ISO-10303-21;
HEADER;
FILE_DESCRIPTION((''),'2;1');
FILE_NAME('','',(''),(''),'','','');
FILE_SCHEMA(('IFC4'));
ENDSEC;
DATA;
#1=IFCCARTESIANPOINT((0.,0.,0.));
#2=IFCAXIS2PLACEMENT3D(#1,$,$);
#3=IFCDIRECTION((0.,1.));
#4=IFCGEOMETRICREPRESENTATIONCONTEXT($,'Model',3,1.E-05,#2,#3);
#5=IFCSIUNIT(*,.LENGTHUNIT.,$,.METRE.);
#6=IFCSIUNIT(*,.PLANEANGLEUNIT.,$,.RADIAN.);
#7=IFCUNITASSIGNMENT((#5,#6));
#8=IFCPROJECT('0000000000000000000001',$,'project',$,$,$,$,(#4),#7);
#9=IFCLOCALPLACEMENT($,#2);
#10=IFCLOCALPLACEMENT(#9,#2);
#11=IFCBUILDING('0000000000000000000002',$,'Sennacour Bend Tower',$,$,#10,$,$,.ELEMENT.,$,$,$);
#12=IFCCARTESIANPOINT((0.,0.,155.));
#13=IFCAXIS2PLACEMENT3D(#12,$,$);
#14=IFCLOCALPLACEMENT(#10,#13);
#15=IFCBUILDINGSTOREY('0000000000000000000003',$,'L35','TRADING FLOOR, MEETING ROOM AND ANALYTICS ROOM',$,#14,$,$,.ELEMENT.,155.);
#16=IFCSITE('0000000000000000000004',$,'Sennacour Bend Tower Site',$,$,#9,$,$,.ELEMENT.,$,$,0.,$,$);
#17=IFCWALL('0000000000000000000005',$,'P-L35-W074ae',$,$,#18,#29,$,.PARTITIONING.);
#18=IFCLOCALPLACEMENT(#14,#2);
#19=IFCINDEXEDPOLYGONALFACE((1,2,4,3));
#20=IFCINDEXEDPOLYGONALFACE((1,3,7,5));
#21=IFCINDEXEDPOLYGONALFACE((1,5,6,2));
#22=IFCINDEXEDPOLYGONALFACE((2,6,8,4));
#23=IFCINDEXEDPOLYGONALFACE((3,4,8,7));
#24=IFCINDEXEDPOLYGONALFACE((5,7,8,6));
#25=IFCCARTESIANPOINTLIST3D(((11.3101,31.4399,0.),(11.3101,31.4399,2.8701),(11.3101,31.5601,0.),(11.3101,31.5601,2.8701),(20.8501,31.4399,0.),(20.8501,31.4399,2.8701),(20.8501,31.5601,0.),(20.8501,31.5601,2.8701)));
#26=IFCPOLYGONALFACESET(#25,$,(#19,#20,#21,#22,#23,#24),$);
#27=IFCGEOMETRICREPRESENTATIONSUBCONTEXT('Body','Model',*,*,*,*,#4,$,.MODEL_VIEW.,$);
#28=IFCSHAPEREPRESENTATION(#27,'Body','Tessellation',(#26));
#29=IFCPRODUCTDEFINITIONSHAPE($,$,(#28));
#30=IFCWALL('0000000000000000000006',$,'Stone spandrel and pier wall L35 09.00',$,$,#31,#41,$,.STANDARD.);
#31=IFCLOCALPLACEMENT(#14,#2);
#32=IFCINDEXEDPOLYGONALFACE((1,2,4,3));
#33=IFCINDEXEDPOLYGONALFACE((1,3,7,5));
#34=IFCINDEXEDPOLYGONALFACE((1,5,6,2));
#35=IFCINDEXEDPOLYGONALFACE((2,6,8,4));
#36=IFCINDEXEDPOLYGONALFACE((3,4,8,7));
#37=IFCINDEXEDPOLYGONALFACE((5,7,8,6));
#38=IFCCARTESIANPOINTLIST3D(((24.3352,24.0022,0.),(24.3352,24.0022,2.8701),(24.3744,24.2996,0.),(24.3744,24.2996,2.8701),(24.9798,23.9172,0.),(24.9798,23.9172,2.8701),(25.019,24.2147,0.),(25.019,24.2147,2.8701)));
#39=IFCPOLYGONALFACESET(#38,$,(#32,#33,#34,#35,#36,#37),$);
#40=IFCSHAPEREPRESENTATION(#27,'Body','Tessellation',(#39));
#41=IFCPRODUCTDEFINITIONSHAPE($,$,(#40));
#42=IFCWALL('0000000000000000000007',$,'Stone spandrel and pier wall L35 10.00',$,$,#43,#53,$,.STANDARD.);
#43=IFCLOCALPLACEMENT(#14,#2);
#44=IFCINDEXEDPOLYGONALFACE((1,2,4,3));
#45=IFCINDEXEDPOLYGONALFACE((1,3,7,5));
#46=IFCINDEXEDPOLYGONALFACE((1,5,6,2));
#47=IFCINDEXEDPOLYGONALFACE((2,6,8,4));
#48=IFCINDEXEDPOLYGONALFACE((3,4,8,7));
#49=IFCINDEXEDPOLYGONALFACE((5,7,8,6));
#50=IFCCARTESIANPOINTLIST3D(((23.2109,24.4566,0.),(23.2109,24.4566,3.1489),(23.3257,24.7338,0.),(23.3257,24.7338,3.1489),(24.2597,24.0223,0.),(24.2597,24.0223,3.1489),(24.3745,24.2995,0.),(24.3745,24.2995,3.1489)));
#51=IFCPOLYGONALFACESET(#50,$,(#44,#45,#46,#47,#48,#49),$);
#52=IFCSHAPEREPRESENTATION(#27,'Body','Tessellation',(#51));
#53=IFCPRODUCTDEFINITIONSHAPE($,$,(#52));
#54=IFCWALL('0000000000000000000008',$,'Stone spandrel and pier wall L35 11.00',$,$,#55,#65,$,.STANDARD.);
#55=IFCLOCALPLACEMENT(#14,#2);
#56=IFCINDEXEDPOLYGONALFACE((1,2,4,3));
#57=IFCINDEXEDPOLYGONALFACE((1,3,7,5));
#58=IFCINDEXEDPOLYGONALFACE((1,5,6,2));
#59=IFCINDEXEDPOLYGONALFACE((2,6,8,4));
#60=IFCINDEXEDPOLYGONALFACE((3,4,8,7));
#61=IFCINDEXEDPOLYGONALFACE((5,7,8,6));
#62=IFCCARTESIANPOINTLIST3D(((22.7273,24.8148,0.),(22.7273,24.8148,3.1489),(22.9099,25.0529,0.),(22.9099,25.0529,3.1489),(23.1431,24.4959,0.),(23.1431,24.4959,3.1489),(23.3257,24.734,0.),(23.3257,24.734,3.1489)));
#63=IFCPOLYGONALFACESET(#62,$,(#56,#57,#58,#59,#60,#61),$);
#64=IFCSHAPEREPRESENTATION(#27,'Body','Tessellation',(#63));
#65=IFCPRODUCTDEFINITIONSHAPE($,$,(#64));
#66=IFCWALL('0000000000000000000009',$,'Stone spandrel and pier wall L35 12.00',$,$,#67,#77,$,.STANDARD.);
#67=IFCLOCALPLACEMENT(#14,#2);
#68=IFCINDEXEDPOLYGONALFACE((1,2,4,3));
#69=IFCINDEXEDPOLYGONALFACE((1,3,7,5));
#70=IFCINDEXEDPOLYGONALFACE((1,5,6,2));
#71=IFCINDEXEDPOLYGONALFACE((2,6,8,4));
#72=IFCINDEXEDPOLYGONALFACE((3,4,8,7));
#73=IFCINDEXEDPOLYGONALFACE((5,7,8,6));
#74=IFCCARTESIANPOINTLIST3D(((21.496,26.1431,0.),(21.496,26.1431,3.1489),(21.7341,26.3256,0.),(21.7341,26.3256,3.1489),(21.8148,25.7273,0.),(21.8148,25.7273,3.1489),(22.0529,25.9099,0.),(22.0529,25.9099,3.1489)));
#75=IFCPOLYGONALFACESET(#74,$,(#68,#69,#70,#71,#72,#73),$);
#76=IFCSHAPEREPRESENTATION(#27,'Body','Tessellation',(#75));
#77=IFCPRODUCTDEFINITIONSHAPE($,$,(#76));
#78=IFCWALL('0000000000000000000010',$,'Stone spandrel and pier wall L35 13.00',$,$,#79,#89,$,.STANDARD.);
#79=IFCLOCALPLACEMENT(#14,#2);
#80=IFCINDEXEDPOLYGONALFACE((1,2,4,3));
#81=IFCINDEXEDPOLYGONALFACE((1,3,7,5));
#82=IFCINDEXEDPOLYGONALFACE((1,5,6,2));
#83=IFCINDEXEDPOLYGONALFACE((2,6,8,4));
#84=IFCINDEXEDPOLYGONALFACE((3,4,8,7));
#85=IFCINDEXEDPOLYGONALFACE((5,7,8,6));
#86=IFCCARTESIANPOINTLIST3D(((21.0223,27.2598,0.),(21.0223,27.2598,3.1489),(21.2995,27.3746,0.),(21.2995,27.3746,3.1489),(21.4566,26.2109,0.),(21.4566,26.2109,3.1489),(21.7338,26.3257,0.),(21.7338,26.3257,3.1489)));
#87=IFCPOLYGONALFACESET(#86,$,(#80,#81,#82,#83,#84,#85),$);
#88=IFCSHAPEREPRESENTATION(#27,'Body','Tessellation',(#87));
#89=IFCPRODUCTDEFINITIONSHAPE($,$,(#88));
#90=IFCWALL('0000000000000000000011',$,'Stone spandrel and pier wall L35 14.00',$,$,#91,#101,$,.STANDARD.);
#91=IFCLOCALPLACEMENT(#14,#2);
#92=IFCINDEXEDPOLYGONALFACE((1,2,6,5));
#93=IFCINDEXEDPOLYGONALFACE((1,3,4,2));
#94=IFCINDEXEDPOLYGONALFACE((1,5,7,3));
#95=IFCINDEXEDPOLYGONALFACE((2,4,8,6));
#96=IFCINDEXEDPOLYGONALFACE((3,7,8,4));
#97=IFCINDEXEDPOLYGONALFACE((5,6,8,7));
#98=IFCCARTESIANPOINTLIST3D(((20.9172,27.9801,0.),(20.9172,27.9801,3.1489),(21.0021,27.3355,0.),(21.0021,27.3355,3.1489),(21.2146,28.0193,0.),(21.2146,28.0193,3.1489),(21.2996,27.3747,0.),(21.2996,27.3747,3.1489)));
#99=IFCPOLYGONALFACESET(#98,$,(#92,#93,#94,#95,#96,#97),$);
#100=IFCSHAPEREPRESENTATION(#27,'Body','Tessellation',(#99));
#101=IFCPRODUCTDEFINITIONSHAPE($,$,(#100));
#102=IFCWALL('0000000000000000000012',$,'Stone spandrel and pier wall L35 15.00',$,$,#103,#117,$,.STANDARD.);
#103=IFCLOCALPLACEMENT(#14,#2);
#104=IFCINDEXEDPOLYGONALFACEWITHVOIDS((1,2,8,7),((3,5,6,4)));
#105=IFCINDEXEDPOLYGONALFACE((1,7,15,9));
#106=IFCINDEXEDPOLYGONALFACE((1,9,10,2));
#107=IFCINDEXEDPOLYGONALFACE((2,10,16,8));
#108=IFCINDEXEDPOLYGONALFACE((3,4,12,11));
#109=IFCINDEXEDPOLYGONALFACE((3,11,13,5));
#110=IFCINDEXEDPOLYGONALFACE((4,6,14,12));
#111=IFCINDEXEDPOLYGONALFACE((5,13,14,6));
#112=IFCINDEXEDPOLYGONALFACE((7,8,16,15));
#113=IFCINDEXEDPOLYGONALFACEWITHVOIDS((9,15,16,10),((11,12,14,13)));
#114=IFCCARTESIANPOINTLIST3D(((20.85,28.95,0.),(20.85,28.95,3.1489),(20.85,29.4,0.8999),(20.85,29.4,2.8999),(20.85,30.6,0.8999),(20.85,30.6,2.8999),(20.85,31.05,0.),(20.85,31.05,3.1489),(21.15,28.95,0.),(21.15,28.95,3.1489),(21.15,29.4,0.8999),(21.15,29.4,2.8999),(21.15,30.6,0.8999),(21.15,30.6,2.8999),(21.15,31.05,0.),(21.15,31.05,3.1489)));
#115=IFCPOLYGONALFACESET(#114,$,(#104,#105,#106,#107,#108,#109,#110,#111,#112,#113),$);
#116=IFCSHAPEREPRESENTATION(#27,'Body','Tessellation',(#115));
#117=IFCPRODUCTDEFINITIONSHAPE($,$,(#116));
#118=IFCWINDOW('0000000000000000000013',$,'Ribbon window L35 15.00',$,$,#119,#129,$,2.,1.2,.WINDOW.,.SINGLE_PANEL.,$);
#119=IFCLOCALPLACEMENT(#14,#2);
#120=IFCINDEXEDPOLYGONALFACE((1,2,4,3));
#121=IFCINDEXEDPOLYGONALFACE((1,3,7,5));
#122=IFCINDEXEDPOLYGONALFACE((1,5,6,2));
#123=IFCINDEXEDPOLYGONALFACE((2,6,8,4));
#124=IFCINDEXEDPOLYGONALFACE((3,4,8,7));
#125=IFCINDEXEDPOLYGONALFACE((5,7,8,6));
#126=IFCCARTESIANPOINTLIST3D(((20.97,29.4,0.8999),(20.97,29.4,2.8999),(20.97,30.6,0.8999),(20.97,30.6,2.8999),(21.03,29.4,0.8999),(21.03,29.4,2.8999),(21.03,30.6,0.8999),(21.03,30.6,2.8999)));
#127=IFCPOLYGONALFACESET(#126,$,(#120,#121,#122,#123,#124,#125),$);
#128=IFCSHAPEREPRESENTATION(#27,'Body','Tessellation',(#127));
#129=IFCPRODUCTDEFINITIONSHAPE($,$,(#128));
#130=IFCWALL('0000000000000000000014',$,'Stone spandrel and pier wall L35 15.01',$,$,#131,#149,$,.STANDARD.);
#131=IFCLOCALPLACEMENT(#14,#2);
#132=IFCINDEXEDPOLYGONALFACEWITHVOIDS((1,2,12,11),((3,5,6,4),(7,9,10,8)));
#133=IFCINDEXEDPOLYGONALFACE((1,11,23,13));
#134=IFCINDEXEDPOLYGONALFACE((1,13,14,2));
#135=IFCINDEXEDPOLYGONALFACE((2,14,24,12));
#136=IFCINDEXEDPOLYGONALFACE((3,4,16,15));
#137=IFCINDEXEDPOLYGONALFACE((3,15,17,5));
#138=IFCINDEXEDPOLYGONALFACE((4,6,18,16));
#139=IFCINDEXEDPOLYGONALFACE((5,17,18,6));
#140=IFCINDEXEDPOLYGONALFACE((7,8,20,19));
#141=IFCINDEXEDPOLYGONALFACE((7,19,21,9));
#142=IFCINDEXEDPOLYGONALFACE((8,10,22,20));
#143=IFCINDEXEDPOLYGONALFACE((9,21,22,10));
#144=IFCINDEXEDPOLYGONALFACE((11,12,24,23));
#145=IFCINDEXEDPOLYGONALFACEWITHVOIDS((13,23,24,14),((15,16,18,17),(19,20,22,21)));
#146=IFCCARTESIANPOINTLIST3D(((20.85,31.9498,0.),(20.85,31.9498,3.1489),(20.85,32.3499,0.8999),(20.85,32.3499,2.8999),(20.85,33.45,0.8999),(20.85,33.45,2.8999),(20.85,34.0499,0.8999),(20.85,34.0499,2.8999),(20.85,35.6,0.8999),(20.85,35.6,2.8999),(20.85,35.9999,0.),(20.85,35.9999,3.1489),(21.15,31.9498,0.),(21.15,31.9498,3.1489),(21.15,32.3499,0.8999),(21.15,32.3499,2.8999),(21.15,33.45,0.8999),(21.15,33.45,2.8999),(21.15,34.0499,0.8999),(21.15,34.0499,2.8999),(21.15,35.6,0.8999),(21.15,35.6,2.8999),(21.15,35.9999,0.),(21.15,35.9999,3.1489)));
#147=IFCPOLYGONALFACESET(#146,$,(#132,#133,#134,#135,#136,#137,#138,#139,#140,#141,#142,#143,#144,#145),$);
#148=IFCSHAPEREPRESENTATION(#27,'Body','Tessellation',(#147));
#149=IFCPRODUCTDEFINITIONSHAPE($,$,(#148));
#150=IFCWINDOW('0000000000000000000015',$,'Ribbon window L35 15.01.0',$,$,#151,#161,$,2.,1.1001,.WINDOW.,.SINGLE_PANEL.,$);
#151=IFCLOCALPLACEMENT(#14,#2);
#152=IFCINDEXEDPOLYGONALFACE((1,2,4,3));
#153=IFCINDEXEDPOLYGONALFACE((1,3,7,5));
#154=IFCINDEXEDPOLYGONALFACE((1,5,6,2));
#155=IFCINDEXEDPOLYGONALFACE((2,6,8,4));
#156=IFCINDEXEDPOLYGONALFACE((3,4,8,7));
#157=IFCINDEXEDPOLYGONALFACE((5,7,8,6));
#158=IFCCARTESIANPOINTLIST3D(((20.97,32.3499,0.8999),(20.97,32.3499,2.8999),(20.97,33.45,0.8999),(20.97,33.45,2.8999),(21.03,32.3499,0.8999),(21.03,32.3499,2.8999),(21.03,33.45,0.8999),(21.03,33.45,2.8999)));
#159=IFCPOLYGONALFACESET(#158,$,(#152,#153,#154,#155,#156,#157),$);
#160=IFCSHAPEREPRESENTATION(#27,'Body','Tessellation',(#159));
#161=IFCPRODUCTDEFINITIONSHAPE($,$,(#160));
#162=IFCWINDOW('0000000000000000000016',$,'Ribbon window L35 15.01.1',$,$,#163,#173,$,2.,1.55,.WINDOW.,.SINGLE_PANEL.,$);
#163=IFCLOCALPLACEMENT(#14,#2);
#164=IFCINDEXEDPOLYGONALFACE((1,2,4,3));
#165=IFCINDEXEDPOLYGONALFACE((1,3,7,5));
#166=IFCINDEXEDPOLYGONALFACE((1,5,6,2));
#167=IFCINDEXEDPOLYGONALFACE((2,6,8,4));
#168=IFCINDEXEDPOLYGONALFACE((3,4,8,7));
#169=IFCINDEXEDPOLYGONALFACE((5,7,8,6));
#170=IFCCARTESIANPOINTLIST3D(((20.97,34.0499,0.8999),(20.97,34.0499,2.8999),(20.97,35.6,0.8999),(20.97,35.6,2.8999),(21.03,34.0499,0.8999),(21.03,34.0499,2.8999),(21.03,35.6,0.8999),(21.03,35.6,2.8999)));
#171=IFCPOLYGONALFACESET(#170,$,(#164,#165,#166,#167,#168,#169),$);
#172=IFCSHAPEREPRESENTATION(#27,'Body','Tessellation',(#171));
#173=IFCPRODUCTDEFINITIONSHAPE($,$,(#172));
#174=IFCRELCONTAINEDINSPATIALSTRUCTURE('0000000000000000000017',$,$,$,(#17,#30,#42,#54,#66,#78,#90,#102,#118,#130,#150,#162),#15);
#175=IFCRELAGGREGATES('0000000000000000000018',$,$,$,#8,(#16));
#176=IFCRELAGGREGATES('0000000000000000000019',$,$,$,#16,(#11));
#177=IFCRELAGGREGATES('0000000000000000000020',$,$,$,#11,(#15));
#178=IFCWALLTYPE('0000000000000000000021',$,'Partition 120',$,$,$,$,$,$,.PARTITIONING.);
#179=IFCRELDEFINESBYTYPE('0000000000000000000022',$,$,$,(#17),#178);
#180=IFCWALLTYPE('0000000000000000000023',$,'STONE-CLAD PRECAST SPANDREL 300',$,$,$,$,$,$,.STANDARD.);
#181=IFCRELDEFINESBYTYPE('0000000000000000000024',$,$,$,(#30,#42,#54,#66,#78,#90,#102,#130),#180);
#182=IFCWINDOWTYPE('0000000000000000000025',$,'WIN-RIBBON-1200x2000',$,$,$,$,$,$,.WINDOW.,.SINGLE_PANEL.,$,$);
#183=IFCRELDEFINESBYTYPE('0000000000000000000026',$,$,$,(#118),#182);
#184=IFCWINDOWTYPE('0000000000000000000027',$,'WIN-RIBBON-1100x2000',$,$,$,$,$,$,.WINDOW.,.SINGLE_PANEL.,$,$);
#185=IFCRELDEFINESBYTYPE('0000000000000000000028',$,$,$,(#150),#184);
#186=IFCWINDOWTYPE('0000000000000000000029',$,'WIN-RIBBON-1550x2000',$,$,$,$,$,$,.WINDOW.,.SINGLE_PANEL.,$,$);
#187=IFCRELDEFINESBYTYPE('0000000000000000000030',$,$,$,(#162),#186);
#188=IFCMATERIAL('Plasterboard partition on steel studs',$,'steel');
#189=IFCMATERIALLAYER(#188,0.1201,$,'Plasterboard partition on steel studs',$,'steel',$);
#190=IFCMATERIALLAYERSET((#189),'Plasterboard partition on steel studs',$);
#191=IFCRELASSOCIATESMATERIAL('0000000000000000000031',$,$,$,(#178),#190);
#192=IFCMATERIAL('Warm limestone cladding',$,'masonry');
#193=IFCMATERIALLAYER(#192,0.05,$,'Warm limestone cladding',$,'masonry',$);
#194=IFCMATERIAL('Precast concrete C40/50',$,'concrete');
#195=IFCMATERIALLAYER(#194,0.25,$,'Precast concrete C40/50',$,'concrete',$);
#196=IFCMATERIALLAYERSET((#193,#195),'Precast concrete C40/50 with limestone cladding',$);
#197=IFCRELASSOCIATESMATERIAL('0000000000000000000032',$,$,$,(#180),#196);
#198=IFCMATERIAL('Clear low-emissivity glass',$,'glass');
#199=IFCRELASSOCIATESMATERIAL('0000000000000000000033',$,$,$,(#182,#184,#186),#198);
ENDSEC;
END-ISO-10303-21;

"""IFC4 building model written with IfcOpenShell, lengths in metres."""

from ifc_helpers import new_model, si_unit, direction, frame, frame_2d, origin, place, context, subcontext, project, spatial, rectangle, extrude, material, layer, layer_set, type_object, element, fill, save


model = new_model("IFC4")

# Units and contexts
model_context = context("Model", 3, precision=1e-05, world=origin(), true_north=direction((0.0, 1.0)))
body_context = subcontext(model_context, "Body", "Model", "MODEL_VIEW")
ifc_project = project(units=[si_unit("LENGTHUNIT", "METRE"), si_unit("PLANEANGLEUNIT", "RADIAN")], contexts=[model_context])

# Site, building, storey
site_placement = place(None, origin())
site = spatial("IfcSite", under=ifc_project, at=site_placement, Name="Sennacour Bend Tower Site", CompositionType="ELEMENT", RefElevation=0.0)
building_placement = place(site_placement, origin())
building = spatial("IfcBuilding", under=site, at=building_placement, Name="Sennacour Bend Tower", CompositionType="ELEMENT")
storey_placement = place(building_placement, frame((0.0, 0.0, 155.0)))
storey = spatial("IfcBuildingStorey", under=building, at=storey_placement, Name="L35", Description="TRADING FLOOR, MEETING ROOM AND ANALYTICS ROOM", CompositionType="ELEMENT", Elevation=155.0)

# Walls
ifc_material_1 = material(Name="Plasterboard partition on steel studs", Category="steel")
ifc_layer_1 = layer(ifc_material_1, 0.1201, Name="Plasterboard partition on steel studs", Category="steel")
ifc_layer_set_1 = layer_set([ifc_layer_1], Name="Plasterboard partition on steel studs")
wall_type_1 = type_object("IfcWallType", Name="Partition 120", PredefinedType="PARTITIONING", material=ifc_layer_set_1)
wall_1_placement = place(storey_placement, frame((11.3101, 31.5, 0.0), z_axis=(0.0, 0.0, 1.0), x_axis=(1.0, 0.0, 0.0)))
element("IfcWall", 1, at=wall_1_placement, inside=storey, type_object=wall_type_1, Name="P-L35-W074ae", PredefinedType="PARTITIONING", context=body_context, shape_type="SweptSolid", body=[
    extrude(rectangle(XDim=9.54, YDim=0.1201, at=frame_2d((4.77, 0.0))), origin(), (0.0, 0.0, 1.0), 2.8701),
])
ifc_material_2 = material(Name="Warm limestone cladding", Category="masonry")
ifc_layer_2 = layer(ifc_material_2, 0.05, Name="Warm limestone cladding", Category="masonry")
ifc_material_3 = material(Name="Precast concrete C40/50", Category="concrete")
ifc_layer_3 = layer(ifc_material_3, 0.25, Name="Precast concrete C40/50", Category="concrete")
ifc_layer_set_2 = layer_set([ifc_layer_2, ifc_layer_3], Name="Precast concrete C40/50 with limestone cladding")
wall_type_2 = type_object("IfcWallType", Name="STONE-CLAD PRECAST SPANDREL 300", PredefinedType="STANDARD", material=ifc_layer_set_2)
wall_2_placement = place(storey_placement, frame((24.9995, 24.0659, 0.0), z_axis=(0.0, 0.0, 1.0), x_axis=(-0.991424, 0.130688, 0.0)))
element("IfcWall", 2, at=wall_2_placement, inside=storey, type_object=wall_type_2, Name="Stone spandrel and pier wall L35 09.00", PredefinedType="STANDARD", context=body_context, shape_type="SweptSolid", body=[
    extrude(rectangle(XDim=0.6501, YDim=0.3, at=frame_2d((0.3252, 0.0))), origin(), (0.0, 0.0, 1.0), 2.8701),
])
wall_3_placement = place(storey_placement, frame((24.3171, 24.1609, 0.0), z_axis=(0.0, 0.0, 1.0), x_axis=(-0.923915, 0.382599, 0.0)))
element("IfcWall", 3, at=wall_3_placement, inside=storey, type_object=wall_type_2, Name="Stone spandrel and pier wall L35 10.00", PredefinedType="STANDARD", context=body_context, shape_type="SweptSolid", body=[
    extrude(rectangle(XDim=1.1353, YDim=0.3, at=frame_2d((0.5676, 0.0))), origin(), (0.0, 0.0, 1.0), 3.1489),
])
for number, where, z_axis, x_axis, name in (
    (4, (23.2344, 24.615, 0.0), (0.0, 0.0, 1.0), (-0.793524, 0.608539, 0.0), "Stone spandrel and pier wall L35 11.00"),
    (5, (21.9338, 25.8186, 0.0), (0.0, 0.0, 1.0), (-0.608539, 0.793524, 0.0), "Stone spandrel and pier wall L35 12.00"),
):
    element("IfcWall", number, at=place(storey_placement, frame(where, z_axis=z_axis, x_axis=x_axis)), inside=storey, type_object=wall_type_2, Name=name, PredefinedType="STANDARD", context=body_context, shape_type="SweptSolid", body=[
        extrude(rectangle(XDim=0.5239, YDim=0.3, at=frame_2d((0.262, 0.0))), origin(), (0.0, 0.0, 1.0), 3.1489),
    ])
wall_4_placement = place(storey_placement, frame((21.5952, 26.2683, 0.0), z_axis=(0.0, 0.0, 1.0), x_axis=(-0.382599, 0.923915, 0.0)))
element("IfcWall", 6, at=wall_4_placement, inside=storey, type_object=wall_type_2, Name="Stone spandrel and pier wall L35 13.00", PredefinedType="STANDARD", context=body_context, shape_type="SweptSolid", body=[
    extrude(rectangle(XDim=1.1353, YDim=0.3, at=frame_2d((0.5676, 0.0))), origin(), (0.0, 0.0, 1.0), 3.1489),
])
wall_5_placement = place(storey_placement, frame((21.1509, 27.355, 0.0), z_axis=(0.0, 0.0, 1.0), x_axis=(-0.130688, 0.991424, 0.0)))
element("IfcWall", 7, at=wall_5_placement, inside=storey, type_object=wall_type_2, Name="Stone spandrel and pier wall L35 14.00", PredefinedType="STANDARD", context=body_context, shape_type="SweptSolid", body=[
    extrude(rectangle(XDim=0.6501, YDim=0.3, at=frame_2d((0.3252, 0.0))), origin(), (0.0, 0.0, 1.0), 3.1489),
])

# Wall, opening, window
wall_6_placement = place(storey_placement, frame((21.0, 28.95, 0.0), z_axis=(0.0, 0.0, 1.0), x_axis=(0.0, 1.0, 0.0)))
wall_6 = element("IfcWall", 8, at=wall_6_placement, inside=storey, type_object=wall_type_2, Name="Stone spandrel and pier wall L35 15.00", PredefinedType="STANDARD", context=body_context, shape_type="SweptSolid", body=[
    extrude(rectangle(XDim=2.1001, YDim=0.3, at=frame_2d((1.05, 0.0))), origin(), (0.0, 0.0, 1.0), 3.1489),
])
opening_1_placement = place(wall_6_placement, frame((0.45, 0.0, 0.8999)))
opening_1 = element("IfcOpeningElement", 9, at=opening_1_placement, cuts=wall_6, PredefinedType="OPENING", context=body_context, shape_type="SweptSolid", body=[
    extrude(rectangle(XDim=1.2, YDim=2.0, at=frame_2d((0.6001, 1.0))), frame((0.0, 0.1602, 0.0), z_axis=(0.0, -1.0, 0.0), x_axis=(1.0, 0.0, 0.0)), (0.0, 0.0, 1.0), 0.3201),
])
ifc_material_4 = material(Name="Clear low-emissivity glass", Category="glass")
window_type_1 = type_object("IfcWindowType", Name="WIN-RIBBON-1200x2000", PartitioningType="SINGLE_PANEL", PredefinedType="WINDOW", material=ifc_material_4)
window_1_placement = place(opening_1_placement, origin())
window_1 = element("IfcWindow", 10, at=window_1_placement, inside=storey, type_object=window_type_1, Name="Ribbon window L35 15.00", OverallHeight=2.0, OverallWidth=1.2, PartitioningType="SINGLE_PANEL", PredefinedType="WINDOW", context=body_context, shape_type="SweptSolid", body=[
    extrude(rectangle(XDim=1.2, YDim=2.0, at=frame_2d((0.6001, 1.0))), frame((0.0, 0.03, 0.0), z_axis=(0.0, -1.0, 0.0), x_axis=(1.0, 0.0, 0.0)), (0.0, 0.0, 1.0), 0.0601),
])
fill(opening_1, window_1)

# Wall, openings, windows
wall_7_placement = place(storey_placement, frame((21.0, 31.95, 0.0), z_axis=(0.0, 0.0, 1.0), x_axis=(0.0, 1.0, 0.0)))
wall_7 = element("IfcWall", 11, at=wall_7_placement, inside=storey, type_object=wall_type_2, Name="Stone spandrel and pier wall L35 15.01", PredefinedType="STANDARD", context=body_context, shape_type="SweptSolid", body=[
    extrude(rectangle(XDim=4.05, YDim=0.3, at=frame_2d((2.0249, 0.0))), origin(), (0.0, 0.0, 1.0), 3.1489),
])
opening_2_placement = place(wall_7_placement, frame((0.3999, 0.0, 0.8999)))
opening_2 = element("IfcOpeningElement", 12, at=opening_2_placement, cuts=wall_7, PredefinedType="OPENING", context=body_context, shape_type="SweptSolid", body=[
    extrude(rectangle(XDim=1.1001, YDim=2.0, at=frame_2d((0.55, 1.0))), frame((0.0, 0.1602, 0.0), z_axis=(0.0, -1.0, 0.0), x_axis=(1.0, 0.0, 0.0)), (0.0, 0.0, 1.0), 0.3201),
])
opening_3_placement = place(wall_7_placement, frame((2.1001, 0.0, 0.8999)))
opening_3 = element("IfcOpeningElement", 13, at=opening_3_placement, cuts=wall_7, PredefinedType="OPENING", context=body_context, shape_type="SweptSolid", body=[
    extrude(rectangle(XDim=1.55, YDim=2.0, at=frame_2d((0.7749, 1.0))), frame((0.0, 0.1602, 0.0), z_axis=(0.0, -1.0, 0.0), x_axis=(1.0, 0.0, 0.0)), (0.0, 0.0, 1.0), 0.3201),
])
window_type_2 = type_object("IfcWindowType", Name="WIN-RIBBON-1100x2000", PartitioningType="SINGLE_PANEL", PredefinedType="WINDOW", material=ifc_material_4)
window_2_placement = place(opening_2_placement, origin())
window_2 = element("IfcWindow", 14, at=window_2_placement, inside=storey, type_object=window_type_2, Name="Ribbon window L35 15.01.0", OverallHeight=2.0, OverallWidth=1.1001, PartitioningType="SINGLE_PANEL", PredefinedType="WINDOW", context=body_context, shape_type="SweptSolid", body=[
    extrude(rectangle(XDim=1.1001, YDim=2.0, at=frame_2d((0.55, 1.0))), frame((0.0, 0.03, 0.0), z_axis=(0.0, -1.0, 0.0), x_axis=(1.0, 0.0, 0.0)), (0.0, 0.0, 1.0), 0.0601),
])
fill(opening_2, window_2)
window_type_3 = type_object("IfcWindowType", Name="WIN-RIBBON-1550x2000", PartitioningType="SINGLE_PANEL", PredefinedType="WINDOW", material=ifc_material_4)
window_3_placement = place(opening_3_placement, origin())
window_3 = element("IfcWindow", 15, at=window_3_placement, inside=storey, type_object=window_type_3, Name="Ribbon window L35 15.01.1", OverallHeight=2.0, OverallWidth=1.55, PartitioningType="SINGLE_PANEL", PredefinedType="WINDOW", context=body_context, shape_type="SweptSolid", body=[
    extrude(rectangle(XDim=1.55, YDim=2.0, at=frame_2d((0.7749, 1.0))), frame((0.0, 0.03, 0.0), z_axis=(0.0, -1.0, 0.0), x_axis=(1.0, 0.0, 0.0)), (0.0, 0.0, 1.0), 0.0601),
])
fill(opening_3, window_3)

save(model, "model.ifc")
